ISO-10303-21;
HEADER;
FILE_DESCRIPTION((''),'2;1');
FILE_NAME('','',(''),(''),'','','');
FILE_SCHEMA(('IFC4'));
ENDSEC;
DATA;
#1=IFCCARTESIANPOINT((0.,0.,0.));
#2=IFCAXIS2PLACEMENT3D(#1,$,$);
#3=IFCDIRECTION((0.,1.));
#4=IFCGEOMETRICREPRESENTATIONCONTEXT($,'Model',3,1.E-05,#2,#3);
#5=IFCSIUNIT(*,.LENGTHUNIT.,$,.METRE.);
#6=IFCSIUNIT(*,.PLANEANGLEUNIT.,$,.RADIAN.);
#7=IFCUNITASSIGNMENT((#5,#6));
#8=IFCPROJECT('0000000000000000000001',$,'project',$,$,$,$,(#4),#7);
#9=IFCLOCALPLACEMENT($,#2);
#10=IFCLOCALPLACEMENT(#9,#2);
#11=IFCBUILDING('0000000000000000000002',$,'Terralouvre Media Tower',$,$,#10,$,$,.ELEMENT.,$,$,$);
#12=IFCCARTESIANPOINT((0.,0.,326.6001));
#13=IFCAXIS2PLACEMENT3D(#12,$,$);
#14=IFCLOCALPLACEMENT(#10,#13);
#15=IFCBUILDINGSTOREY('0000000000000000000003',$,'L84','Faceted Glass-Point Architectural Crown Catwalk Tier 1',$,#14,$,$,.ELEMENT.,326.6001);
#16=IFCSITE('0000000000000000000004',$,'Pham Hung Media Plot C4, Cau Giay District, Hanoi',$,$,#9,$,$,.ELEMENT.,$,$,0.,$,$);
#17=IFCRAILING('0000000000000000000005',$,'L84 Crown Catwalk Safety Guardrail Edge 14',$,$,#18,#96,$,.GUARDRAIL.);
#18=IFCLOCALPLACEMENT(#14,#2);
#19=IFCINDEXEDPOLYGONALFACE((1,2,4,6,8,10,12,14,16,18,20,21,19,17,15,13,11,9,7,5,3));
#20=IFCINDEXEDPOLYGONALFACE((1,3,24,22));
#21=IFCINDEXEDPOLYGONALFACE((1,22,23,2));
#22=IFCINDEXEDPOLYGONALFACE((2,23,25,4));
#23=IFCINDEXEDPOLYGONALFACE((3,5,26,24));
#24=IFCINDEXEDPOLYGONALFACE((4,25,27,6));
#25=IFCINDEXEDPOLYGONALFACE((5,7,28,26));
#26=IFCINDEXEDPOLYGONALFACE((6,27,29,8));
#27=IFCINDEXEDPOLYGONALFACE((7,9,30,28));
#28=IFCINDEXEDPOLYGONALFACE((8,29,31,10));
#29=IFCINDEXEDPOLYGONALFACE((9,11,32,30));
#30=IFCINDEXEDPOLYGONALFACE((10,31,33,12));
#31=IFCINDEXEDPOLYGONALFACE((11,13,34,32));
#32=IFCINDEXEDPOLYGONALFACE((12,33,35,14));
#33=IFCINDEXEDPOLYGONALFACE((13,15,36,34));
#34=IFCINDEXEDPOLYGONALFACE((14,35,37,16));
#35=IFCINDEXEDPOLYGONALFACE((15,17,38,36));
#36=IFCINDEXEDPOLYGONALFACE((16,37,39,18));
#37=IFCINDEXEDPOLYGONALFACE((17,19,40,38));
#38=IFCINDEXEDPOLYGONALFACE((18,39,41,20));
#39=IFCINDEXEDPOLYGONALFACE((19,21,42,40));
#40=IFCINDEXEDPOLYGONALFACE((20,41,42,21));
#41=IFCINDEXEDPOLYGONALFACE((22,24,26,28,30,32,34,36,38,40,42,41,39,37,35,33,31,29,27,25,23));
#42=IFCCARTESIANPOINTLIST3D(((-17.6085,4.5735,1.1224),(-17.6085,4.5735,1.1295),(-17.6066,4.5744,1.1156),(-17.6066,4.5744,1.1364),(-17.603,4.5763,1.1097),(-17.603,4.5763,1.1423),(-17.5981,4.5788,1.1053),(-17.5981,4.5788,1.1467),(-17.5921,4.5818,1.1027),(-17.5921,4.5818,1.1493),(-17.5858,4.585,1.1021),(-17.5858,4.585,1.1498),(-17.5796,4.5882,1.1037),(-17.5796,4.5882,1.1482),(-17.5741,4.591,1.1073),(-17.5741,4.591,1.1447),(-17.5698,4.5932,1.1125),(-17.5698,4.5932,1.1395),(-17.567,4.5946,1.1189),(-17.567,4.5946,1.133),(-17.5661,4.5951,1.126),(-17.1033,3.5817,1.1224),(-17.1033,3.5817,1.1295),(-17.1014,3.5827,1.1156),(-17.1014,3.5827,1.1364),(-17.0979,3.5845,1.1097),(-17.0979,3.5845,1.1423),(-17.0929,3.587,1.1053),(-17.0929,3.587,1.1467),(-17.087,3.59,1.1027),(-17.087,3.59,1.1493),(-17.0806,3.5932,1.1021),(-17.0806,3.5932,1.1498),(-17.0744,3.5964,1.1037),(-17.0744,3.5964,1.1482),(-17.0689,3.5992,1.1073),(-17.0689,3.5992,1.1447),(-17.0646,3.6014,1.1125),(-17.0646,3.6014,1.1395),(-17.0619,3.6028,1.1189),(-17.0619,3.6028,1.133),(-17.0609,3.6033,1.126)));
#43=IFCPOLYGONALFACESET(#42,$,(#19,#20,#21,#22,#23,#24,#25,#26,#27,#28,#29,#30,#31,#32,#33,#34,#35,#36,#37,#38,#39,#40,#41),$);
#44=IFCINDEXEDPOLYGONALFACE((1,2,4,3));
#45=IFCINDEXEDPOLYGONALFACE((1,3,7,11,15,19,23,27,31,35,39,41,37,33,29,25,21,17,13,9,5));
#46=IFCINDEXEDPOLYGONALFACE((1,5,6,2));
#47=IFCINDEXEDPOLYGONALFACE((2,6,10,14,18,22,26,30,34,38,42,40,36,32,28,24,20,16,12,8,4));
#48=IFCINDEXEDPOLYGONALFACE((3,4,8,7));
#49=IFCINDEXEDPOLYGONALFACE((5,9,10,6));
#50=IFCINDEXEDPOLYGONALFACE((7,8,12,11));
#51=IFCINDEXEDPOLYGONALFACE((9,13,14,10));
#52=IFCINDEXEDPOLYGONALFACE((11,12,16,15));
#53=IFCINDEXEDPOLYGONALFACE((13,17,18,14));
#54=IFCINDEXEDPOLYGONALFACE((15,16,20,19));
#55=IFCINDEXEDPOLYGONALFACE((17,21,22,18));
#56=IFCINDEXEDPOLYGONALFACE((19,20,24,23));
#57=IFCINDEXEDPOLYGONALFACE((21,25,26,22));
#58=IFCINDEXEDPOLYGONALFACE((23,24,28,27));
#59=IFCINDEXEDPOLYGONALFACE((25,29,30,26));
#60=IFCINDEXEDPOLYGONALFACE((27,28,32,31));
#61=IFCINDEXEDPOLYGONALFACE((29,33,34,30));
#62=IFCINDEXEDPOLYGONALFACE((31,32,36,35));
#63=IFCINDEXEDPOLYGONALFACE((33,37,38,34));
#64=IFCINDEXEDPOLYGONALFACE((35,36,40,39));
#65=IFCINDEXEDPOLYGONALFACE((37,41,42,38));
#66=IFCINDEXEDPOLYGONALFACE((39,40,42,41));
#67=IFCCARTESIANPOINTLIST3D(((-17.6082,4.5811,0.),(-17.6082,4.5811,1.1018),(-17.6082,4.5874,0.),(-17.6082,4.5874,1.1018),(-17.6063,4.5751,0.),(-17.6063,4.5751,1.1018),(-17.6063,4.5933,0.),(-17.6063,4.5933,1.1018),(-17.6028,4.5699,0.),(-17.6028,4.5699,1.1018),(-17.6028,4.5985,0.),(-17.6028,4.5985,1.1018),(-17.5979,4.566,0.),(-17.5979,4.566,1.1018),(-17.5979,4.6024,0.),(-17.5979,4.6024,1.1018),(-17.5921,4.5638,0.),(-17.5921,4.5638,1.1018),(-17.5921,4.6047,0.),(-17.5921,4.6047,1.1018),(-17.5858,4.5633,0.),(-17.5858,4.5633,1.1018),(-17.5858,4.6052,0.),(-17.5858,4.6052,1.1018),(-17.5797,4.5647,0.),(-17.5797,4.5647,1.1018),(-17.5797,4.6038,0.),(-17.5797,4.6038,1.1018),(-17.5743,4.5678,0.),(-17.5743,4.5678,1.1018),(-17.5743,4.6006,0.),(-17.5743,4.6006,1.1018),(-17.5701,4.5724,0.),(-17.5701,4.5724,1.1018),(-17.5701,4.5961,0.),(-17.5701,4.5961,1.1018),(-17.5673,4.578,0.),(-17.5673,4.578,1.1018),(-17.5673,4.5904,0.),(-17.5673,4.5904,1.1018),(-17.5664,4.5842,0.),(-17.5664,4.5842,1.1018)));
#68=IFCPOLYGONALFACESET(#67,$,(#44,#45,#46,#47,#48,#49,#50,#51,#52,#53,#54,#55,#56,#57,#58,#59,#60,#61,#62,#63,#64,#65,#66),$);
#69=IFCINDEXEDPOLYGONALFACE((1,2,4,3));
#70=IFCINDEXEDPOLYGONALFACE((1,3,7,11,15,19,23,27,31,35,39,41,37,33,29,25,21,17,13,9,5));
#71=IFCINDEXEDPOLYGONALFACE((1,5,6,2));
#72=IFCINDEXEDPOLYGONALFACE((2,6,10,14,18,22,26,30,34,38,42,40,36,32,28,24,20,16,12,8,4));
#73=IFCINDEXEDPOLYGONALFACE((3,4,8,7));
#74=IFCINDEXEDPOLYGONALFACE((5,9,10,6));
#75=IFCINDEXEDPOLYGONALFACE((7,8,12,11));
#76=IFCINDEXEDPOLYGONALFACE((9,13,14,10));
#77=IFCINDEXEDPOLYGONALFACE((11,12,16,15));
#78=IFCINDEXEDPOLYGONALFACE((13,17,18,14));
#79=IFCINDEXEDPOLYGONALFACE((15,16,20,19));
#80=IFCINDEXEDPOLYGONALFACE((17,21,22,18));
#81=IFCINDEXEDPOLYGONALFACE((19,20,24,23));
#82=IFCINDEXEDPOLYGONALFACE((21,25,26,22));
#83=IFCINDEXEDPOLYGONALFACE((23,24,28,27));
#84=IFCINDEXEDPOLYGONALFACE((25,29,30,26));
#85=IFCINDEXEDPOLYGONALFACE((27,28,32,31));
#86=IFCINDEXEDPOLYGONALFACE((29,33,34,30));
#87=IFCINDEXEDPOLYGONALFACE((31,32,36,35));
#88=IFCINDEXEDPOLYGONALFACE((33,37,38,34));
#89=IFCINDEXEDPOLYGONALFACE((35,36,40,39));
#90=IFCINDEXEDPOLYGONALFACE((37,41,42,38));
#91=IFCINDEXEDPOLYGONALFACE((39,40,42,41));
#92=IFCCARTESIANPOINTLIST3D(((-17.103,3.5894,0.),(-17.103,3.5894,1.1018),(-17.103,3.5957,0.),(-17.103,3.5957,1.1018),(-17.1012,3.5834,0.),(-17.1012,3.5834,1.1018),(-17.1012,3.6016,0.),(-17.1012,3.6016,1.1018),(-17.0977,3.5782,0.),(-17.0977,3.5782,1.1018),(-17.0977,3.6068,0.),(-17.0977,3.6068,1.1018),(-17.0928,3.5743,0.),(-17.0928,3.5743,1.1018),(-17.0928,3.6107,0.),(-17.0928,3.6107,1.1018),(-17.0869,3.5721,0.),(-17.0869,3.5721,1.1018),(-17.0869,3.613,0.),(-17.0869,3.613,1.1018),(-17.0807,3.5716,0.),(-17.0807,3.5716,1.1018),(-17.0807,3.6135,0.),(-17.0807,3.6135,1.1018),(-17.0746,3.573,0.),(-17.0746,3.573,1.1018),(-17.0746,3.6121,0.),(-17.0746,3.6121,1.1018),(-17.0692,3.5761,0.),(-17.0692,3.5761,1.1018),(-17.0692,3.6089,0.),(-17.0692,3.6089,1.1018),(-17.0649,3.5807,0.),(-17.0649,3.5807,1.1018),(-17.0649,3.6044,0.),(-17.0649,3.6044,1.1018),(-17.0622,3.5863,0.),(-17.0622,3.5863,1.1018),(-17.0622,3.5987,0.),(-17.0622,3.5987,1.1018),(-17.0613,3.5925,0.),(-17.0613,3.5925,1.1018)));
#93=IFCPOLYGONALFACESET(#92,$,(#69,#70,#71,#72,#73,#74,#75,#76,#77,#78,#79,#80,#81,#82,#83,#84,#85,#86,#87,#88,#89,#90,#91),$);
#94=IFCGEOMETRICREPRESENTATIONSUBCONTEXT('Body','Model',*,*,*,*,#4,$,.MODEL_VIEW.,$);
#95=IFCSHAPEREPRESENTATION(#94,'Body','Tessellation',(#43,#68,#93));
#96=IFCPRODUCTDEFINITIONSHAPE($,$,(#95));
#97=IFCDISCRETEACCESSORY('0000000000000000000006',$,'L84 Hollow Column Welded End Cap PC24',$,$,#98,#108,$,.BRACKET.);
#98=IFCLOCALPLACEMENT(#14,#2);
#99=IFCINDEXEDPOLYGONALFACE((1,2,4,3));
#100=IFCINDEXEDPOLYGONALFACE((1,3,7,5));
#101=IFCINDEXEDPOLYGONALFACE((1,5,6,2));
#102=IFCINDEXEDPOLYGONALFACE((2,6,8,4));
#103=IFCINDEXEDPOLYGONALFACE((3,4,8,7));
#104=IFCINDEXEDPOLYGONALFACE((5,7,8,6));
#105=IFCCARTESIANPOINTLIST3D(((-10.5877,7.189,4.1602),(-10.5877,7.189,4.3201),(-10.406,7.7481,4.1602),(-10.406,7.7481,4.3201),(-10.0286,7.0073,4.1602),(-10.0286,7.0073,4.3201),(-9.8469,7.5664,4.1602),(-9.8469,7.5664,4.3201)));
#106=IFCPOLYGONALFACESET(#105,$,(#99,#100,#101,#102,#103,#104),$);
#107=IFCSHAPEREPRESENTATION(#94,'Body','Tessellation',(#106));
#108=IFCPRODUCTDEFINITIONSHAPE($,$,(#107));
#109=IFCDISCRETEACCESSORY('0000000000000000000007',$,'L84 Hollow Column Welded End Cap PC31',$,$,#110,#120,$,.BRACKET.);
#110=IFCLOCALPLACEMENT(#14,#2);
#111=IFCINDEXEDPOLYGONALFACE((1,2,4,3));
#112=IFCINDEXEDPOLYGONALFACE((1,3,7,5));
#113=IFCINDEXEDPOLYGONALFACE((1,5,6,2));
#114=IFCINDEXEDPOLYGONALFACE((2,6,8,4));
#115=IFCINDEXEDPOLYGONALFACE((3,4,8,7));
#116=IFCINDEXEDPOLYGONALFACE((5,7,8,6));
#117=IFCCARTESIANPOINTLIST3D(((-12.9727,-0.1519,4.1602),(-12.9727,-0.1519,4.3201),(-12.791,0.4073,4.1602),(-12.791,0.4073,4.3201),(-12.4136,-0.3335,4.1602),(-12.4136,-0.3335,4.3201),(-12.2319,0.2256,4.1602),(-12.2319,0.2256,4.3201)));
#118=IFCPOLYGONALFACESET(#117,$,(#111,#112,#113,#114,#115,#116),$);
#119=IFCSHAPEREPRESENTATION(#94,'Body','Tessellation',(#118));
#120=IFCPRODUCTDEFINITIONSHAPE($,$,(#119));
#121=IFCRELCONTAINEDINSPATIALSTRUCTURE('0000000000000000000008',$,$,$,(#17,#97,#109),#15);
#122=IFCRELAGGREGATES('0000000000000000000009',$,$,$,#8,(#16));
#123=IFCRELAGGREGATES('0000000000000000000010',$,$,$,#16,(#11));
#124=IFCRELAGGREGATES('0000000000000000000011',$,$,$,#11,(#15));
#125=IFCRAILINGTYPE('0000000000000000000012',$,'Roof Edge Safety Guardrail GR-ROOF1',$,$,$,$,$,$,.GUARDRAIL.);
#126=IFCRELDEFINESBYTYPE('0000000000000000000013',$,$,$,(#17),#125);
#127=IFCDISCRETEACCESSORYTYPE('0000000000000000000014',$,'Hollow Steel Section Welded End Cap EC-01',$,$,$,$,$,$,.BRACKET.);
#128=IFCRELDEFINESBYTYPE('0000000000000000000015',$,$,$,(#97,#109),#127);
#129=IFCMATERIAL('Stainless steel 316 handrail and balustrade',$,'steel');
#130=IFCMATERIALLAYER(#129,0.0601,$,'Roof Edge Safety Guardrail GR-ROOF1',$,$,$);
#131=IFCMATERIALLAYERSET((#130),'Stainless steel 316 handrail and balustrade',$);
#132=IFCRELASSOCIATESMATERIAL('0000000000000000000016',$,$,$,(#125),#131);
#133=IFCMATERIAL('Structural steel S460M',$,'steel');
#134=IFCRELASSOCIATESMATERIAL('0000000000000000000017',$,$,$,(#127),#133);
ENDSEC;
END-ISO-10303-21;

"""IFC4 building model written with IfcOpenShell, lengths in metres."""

from ifc_helpers import new_model, si_unit, direction, frame, origin, origin_2d, place, context, subcontext, project, spatial, rectangle, circle, extrude, material, layer, layer_set, type_object, element, save


model = new_model("IFC4")

# Units and contexts
model_context = context("Model", 3, precision=1e-05, world=origin(), true_north=direction((0.0, 1.0)))
body_context = subcontext(model_context, "Body", "Model", "MODEL_VIEW")
ifc_project = project(units=[si_unit("LENGTHUNIT", "METRE"), si_unit("PLANEANGLEUNIT", "RADIAN")], contexts=[model_context])

# Site, building, storey
site_placement = place(None, origin())
site = spatial("IfcSite", under=ifc_project, at=site_placement, Name="Pham Hung Media Plot C4, Cau Giay District, Hanoi", CompositionType="ELEMENT", RefElevation=0.0)
building_placement = place(site_placement, origin())
building = spatial("IfcBuilding", under=site, at=building_placement, Name="Terralouvre Media Tower", CompositionType="ELEMENT")
storey_placement = place(building_placement, frame((0.0, 0.0, 326.6001)))
storey = spatial("IfcBuildingStorey", under=building, at=storey_placement, Name="L84", Description="Faceted Glass-Point Architectural Crown Catwalk Tier 1", CompositionType="ELEMENT", Elevation=326.6001)

# Railing
ifc_material_1 = material(Name="Stainless steel 316 handrail and balustrade", Category="steel")
ifc_layer_1 = layer(ifc_material_1, 0.0601, Name="Roof Edge Safety Guardrail GR-ROOF1")
ifc_layer_set_1 = layer_set([ifc_layer_1], Name="Stainless steel 316 handrail and balustrade")
railing_type = type_object("IfcRailingType", Name="Roof Edge Safety Guardrail GR-ROOF1", PredefinedType="GUARDRAIL", material=ifc_layer_set_1)
railing_1_placement = place(storey_placement, frame((-17.5874, 4.5842, 0.0)))
element("IfcRailing", 1, at=railing_1_placement, inside=storey, type_object=railing_type, Name="L84 Crown Catwalk Safety Guardrail Edge 14", PredefinedType="GUARDRAIL", context=body_context, shape_type="SweptSolid", body=[
    extrude(circle(Radius=0.0239, at=origin_2d()), frame((0.0, 0.0, 1.126), z_axis=(0.45387, -0.891068, 0.0), x_axis=(0.891068, 0.45387, 0.0)), (0.0, 0.0, 1.0), 1.113),
    extrude(circle(Radius=0.021, at=origin_2d()), origin(), (0.0, 0.0, 1.0), 1.1018),
    extrude(circle(Radius=0.021, at=origin_2d()), frame((0.5051, -0.9917, 0.0)), (0.0, 0.0, 1.0), 1.1018),
])

# Discrete accessories
ifc_material_2 = material(Name="Structural steel S460M", Category="steel")
discrete_accessory_type = type_object("IfcDiscreteAccessoryType", Name="Hollow Steel Section Welded End Cap EC-01", PredefinedType="BRACKET", material=ifc_material_2)
for number, where, z_axis, x_axis, name in (
    (2, (-10.2173, 7.3777, 4.1602), (0.0, 0.0, 1.0), (0.309017, 0.951057, 0.0), "L84 Hollow Column Welded End Cap PC24"),
    (3, (-12.6023, 0.0369, 4.1602), (0.0, 0.0, 1.0), (0.309017, 0.951057, 0.0), "L84 Hollow Column Welded End Cap PC31"),
):
    element("IfcDiscreteAccessory", number, at=place(storey_placement, frame(where, z_axis=z_axis, x_axis=x_axis)), inside=storey, type_object=discrete_accessory_type, Name=name, PredefinedType="BRACKET", context=body_context, shape_type="SweptSolid", body=[
        extrude(rectangle(XDim=0.5879, YDim=0.5879, at=origin_2d()), origin(), (0.0, 0.0, 1.0), 0.1599),
    ])

save(model, "model.ifc")
